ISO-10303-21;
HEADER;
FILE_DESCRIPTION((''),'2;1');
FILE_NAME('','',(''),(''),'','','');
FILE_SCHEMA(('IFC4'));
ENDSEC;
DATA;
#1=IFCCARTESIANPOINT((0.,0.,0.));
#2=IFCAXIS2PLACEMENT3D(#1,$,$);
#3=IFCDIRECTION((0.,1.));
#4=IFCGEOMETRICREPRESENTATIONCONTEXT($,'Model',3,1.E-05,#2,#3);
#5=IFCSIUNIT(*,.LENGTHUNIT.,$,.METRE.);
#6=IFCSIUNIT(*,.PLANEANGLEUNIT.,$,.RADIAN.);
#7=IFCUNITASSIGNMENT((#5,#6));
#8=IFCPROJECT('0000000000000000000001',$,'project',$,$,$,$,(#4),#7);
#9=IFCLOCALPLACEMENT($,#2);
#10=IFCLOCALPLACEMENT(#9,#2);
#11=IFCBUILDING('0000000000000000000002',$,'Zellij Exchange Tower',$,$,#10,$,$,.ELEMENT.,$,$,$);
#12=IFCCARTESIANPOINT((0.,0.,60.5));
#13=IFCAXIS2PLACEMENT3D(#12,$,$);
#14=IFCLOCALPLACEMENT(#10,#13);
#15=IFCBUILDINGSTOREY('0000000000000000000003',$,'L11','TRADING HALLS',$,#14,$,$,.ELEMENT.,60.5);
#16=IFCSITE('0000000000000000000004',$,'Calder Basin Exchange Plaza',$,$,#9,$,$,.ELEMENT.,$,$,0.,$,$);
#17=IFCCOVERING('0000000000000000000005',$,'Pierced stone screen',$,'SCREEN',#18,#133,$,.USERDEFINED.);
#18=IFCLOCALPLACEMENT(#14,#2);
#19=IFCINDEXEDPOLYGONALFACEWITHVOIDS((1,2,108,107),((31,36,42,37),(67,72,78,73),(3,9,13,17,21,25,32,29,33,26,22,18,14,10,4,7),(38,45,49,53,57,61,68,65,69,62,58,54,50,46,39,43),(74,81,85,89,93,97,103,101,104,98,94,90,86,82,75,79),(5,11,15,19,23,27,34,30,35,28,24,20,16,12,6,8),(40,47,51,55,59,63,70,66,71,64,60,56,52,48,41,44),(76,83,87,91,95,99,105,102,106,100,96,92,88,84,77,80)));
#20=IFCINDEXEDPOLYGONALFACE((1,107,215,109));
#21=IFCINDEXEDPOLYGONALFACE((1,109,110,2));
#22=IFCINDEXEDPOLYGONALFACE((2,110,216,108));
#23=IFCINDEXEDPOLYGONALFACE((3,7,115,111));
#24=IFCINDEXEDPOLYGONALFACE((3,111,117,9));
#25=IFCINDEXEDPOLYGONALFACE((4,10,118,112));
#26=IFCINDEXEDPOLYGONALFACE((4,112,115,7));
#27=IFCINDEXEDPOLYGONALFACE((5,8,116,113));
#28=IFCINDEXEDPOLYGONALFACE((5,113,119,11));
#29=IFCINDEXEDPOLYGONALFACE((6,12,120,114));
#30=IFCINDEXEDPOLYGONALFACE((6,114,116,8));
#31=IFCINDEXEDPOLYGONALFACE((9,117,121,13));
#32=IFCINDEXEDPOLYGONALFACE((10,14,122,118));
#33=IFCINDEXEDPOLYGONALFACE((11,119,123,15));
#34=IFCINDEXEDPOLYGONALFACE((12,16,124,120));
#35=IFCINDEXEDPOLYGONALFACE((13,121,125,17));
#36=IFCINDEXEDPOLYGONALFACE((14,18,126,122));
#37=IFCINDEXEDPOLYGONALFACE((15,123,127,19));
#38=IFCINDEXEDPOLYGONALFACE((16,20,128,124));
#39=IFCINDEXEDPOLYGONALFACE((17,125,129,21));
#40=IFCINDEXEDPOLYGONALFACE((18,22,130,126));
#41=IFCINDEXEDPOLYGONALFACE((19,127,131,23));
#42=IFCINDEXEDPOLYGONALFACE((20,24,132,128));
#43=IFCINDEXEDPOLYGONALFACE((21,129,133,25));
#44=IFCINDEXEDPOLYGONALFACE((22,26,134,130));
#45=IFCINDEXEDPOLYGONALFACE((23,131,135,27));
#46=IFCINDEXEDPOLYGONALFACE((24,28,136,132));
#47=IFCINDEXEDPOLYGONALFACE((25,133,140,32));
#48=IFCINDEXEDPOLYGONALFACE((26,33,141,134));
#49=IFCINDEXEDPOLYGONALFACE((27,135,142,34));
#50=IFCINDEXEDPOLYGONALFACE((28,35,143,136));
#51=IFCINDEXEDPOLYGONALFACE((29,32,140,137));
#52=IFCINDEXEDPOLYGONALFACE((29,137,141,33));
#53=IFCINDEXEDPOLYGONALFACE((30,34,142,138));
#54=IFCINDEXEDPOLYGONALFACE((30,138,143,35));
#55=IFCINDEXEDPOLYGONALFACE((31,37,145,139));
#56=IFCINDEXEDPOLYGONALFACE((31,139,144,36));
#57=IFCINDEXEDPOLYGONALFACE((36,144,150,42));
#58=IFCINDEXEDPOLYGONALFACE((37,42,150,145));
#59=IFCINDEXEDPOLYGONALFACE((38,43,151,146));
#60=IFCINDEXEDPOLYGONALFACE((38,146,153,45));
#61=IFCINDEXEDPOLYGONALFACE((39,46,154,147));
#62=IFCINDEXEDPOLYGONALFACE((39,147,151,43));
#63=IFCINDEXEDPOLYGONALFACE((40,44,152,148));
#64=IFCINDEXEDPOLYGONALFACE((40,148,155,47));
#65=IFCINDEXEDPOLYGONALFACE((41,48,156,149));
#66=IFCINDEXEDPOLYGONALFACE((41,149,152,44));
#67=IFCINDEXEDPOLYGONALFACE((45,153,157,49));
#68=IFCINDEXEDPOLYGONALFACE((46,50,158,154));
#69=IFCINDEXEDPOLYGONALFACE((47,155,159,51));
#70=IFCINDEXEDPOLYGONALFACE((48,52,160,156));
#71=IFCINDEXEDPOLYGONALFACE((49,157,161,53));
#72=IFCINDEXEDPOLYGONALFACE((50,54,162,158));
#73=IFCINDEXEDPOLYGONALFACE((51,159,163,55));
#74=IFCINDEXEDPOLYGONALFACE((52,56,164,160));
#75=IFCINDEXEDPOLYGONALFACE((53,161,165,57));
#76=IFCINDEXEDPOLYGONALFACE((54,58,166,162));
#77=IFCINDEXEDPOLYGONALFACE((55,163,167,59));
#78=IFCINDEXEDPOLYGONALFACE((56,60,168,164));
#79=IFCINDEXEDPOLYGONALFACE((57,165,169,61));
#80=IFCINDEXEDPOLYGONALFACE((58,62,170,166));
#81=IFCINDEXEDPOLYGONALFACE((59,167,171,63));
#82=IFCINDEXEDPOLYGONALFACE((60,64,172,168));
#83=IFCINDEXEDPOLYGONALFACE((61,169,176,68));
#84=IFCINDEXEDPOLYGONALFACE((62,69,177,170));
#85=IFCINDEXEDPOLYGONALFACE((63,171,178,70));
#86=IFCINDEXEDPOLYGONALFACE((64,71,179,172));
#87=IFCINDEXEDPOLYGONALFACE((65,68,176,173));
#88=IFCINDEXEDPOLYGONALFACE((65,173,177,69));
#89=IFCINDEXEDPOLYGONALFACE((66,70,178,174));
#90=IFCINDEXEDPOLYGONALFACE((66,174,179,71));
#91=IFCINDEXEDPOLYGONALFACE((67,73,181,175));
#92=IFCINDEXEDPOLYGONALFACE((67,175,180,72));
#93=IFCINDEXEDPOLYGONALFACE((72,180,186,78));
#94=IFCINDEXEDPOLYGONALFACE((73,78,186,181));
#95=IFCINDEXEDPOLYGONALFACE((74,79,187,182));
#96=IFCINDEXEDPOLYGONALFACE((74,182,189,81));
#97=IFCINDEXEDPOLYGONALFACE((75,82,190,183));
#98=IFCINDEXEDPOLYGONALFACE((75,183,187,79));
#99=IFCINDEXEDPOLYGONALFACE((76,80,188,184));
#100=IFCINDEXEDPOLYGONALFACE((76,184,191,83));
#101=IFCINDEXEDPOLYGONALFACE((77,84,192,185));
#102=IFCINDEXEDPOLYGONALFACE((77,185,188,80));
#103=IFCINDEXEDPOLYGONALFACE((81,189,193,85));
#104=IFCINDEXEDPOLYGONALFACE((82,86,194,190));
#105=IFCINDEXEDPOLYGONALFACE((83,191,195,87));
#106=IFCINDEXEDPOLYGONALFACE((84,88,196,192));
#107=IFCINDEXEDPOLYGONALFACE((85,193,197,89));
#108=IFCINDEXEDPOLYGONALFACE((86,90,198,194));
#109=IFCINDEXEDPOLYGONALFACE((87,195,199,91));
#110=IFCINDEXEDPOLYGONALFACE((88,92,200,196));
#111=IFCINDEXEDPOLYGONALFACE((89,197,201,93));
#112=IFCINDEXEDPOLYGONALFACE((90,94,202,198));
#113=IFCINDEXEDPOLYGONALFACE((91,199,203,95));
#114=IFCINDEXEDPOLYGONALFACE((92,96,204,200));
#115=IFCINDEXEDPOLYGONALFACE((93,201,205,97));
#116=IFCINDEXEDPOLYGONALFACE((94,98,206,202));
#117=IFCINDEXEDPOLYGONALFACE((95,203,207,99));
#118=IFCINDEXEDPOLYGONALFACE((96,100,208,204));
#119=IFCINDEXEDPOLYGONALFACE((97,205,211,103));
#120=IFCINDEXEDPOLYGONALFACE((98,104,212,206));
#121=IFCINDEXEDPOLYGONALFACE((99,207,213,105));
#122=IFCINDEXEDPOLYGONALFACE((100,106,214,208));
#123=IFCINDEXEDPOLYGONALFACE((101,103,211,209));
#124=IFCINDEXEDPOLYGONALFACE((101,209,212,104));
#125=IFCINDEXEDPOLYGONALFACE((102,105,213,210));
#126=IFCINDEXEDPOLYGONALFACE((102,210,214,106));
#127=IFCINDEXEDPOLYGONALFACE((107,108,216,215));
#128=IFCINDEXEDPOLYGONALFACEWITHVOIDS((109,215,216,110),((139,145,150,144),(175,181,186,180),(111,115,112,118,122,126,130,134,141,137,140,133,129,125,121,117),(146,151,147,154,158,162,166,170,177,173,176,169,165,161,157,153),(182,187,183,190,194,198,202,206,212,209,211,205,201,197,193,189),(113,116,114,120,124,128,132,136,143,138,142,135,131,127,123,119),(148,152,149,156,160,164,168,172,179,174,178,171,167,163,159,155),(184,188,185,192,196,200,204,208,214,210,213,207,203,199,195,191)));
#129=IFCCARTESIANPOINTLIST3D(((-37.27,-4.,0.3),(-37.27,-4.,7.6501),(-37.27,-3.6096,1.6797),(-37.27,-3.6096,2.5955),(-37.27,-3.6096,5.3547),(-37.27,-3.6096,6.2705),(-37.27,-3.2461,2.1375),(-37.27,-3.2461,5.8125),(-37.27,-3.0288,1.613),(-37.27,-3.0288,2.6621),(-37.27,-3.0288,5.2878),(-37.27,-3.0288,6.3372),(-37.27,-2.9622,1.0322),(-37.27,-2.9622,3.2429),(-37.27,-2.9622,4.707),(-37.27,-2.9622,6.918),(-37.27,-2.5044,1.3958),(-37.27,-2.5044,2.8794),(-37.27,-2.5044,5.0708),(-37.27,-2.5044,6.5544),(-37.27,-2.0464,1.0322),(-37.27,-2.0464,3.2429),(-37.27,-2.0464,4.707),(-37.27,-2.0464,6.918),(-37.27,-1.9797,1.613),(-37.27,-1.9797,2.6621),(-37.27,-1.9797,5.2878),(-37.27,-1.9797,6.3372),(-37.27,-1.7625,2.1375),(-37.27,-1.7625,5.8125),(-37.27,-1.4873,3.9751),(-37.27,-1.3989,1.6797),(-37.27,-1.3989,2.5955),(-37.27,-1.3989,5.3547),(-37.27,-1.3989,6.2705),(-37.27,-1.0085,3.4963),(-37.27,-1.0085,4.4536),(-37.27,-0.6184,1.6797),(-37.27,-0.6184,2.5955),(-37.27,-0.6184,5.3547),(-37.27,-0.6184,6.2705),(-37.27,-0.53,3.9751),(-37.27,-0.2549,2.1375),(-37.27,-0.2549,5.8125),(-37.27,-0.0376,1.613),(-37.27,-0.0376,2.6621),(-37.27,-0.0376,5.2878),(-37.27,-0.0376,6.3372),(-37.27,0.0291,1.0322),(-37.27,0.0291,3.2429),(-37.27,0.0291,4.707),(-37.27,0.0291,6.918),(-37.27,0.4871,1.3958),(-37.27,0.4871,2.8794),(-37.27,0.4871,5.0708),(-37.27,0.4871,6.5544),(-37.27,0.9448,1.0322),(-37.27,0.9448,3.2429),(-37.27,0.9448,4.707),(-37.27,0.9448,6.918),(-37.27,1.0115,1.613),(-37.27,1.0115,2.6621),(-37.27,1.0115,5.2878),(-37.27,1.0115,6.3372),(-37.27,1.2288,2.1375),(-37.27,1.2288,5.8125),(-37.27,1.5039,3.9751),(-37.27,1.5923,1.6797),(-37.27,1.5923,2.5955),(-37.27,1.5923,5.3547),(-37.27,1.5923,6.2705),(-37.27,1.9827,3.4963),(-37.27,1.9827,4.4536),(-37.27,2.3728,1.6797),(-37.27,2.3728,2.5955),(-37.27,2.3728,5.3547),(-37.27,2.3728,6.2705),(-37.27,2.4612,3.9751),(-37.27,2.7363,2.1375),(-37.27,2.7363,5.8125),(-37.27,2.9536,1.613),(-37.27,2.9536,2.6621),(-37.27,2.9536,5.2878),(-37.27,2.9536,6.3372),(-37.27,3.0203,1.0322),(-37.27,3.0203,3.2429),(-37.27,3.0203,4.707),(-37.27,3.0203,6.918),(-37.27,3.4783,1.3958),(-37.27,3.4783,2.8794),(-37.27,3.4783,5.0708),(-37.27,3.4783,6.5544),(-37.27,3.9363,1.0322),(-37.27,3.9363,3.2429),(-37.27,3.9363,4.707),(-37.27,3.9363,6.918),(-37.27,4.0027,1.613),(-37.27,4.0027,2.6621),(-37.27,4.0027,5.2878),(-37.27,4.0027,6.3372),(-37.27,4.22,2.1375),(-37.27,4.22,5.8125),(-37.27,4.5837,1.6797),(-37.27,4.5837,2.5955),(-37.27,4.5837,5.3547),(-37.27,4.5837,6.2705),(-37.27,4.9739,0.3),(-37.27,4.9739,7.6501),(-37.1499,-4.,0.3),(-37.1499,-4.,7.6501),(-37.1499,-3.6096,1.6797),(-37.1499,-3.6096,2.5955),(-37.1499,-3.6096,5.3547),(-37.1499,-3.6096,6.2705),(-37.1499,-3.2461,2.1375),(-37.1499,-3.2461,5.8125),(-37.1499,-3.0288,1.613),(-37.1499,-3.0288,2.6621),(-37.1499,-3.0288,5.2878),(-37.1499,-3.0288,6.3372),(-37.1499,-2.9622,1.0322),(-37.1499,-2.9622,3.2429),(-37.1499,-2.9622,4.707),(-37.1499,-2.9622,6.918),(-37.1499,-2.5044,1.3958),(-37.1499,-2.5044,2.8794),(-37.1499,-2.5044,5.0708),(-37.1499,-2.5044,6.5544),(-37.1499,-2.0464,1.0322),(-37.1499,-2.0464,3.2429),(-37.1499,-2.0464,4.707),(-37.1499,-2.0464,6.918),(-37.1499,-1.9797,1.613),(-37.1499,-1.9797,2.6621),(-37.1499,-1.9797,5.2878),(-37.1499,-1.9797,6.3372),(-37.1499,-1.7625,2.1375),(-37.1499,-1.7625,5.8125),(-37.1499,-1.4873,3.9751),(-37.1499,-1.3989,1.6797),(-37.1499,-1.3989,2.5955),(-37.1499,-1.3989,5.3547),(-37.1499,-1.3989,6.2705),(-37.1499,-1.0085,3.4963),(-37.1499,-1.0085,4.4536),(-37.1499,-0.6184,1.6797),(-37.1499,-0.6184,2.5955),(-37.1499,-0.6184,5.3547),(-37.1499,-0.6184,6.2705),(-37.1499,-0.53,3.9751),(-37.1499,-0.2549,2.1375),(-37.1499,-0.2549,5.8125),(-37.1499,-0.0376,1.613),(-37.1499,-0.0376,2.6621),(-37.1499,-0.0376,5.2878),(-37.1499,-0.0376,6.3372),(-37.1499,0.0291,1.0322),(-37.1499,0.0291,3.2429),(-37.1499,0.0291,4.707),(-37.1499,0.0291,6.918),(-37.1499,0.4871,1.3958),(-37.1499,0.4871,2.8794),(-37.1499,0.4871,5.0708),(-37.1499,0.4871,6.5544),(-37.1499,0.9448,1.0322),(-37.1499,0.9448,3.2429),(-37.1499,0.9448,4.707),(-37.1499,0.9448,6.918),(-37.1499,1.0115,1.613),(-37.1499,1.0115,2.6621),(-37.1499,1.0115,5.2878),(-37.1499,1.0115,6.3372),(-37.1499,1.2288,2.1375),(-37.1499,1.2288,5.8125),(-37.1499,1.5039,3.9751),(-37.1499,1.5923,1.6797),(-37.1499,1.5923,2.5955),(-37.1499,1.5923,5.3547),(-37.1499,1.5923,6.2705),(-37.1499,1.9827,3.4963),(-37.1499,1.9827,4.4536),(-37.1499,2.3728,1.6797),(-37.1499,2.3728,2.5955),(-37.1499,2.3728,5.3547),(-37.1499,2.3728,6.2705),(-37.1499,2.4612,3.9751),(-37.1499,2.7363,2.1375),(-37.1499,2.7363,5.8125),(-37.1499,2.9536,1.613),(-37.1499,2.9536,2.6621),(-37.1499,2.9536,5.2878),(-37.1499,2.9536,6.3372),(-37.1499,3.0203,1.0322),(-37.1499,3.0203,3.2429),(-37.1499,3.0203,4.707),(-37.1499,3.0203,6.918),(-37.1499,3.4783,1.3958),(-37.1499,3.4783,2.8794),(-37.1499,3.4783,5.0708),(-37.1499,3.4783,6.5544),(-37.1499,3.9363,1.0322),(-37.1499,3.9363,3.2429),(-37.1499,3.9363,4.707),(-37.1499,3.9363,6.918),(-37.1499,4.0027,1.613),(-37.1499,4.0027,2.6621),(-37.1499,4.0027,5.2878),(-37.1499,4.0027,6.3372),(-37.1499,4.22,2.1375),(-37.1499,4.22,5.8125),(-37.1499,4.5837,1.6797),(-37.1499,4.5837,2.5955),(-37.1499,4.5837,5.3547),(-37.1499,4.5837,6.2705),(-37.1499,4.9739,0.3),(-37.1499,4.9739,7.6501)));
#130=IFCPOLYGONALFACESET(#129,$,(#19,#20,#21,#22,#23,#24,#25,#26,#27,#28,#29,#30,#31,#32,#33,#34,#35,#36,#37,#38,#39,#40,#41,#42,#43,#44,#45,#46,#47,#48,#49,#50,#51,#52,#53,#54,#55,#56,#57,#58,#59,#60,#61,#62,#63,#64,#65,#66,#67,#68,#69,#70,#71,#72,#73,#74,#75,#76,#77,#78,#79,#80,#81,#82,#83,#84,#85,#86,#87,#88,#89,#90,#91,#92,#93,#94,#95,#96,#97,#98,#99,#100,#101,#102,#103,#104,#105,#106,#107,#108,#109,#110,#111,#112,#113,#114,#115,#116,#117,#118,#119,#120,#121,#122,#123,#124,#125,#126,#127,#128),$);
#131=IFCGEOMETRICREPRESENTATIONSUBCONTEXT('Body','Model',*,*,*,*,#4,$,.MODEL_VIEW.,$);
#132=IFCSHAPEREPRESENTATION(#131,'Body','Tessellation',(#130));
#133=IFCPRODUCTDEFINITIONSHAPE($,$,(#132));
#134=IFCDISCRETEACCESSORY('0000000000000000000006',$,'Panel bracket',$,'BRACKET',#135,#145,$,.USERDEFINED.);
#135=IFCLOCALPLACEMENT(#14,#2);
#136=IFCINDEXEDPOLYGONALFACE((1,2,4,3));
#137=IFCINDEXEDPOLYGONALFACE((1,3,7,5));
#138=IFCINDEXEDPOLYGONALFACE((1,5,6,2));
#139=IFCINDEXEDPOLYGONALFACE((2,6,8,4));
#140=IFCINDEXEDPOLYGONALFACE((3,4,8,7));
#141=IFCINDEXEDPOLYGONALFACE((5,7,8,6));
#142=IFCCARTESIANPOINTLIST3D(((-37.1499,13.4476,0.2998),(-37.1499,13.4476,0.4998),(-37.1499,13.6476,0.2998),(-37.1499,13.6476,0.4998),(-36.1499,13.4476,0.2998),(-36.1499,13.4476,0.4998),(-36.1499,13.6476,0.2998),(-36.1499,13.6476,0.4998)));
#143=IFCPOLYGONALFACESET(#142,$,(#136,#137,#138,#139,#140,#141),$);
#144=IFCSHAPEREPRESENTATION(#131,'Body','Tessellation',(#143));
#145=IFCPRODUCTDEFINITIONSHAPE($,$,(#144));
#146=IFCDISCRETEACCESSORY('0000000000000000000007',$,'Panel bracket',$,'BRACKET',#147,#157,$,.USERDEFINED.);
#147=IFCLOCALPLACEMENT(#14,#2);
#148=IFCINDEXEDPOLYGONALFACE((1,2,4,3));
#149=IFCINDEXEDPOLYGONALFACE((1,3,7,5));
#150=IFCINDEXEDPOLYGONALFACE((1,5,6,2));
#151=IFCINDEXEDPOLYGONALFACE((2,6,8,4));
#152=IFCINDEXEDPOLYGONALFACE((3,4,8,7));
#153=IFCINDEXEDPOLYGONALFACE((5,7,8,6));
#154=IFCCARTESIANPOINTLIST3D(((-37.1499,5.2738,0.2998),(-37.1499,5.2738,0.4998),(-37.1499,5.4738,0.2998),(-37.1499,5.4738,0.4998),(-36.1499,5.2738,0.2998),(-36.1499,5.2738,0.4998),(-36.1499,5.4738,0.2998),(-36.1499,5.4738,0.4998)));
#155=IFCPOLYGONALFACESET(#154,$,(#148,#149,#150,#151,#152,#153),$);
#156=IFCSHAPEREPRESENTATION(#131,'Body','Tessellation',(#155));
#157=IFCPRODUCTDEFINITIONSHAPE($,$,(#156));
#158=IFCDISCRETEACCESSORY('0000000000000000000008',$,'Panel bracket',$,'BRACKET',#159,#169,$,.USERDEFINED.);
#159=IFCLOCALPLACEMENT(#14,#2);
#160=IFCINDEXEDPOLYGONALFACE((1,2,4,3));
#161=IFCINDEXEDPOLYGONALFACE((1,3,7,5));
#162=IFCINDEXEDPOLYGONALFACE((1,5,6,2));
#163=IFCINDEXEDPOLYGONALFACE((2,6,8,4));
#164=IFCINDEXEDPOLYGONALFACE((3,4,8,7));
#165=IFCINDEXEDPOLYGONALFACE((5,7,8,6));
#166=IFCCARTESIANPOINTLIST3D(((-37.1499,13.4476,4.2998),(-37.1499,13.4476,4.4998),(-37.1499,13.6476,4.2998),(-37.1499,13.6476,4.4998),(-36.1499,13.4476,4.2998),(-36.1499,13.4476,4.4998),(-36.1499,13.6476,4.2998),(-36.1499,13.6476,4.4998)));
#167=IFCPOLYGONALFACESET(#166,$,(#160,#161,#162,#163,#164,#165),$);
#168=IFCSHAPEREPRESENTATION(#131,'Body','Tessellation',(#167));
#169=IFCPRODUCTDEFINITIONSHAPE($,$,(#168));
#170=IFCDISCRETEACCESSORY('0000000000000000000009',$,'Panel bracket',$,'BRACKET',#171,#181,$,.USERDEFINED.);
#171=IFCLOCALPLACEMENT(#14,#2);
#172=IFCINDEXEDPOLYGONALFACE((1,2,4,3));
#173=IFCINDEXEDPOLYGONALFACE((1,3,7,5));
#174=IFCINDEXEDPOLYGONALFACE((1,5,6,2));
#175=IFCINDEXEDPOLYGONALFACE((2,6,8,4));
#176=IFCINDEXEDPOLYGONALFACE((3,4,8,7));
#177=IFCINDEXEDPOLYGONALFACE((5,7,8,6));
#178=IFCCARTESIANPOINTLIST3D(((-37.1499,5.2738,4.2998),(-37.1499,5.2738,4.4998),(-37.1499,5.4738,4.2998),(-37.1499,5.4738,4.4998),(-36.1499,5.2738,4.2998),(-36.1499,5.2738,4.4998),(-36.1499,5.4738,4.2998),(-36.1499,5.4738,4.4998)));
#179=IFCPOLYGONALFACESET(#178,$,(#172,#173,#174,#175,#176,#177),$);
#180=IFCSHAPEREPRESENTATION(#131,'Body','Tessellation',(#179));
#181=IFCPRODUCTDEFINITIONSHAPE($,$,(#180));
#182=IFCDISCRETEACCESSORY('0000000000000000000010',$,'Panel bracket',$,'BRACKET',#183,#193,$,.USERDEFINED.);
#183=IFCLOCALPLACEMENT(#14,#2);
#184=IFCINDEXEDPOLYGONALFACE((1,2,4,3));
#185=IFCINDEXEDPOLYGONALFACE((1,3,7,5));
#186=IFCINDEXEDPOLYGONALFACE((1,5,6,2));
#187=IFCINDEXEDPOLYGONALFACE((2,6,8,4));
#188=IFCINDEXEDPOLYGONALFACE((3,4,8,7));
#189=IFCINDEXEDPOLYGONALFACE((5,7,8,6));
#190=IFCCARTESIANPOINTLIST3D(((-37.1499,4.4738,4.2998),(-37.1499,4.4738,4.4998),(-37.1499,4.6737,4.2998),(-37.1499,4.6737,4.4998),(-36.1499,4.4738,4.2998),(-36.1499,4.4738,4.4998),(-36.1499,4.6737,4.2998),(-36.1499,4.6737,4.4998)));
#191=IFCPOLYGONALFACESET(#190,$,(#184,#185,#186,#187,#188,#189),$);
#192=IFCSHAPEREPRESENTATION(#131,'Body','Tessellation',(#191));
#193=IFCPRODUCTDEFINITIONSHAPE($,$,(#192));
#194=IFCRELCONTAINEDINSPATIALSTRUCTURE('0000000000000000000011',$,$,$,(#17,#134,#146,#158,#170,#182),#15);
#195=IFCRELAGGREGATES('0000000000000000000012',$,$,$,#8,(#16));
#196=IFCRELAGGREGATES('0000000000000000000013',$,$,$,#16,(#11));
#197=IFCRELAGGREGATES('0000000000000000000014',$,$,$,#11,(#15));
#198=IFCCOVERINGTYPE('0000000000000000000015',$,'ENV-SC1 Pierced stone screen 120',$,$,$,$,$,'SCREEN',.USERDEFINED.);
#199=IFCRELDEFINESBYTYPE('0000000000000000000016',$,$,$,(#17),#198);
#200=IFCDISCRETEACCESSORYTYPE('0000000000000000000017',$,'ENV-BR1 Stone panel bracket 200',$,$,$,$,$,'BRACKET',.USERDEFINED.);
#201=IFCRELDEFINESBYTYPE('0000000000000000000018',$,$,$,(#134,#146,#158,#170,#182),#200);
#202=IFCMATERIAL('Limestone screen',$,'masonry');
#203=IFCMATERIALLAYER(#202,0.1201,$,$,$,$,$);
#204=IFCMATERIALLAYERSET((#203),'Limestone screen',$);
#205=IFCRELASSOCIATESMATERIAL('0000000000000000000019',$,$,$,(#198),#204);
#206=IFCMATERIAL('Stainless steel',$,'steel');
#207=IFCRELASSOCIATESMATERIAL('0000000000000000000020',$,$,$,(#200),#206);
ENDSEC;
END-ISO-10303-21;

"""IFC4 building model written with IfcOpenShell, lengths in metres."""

from ifc_helpers import new_model, si_unit, direction, frame, origin, origin_2d, place, context, subcontext, project, spatial, polyline, rectangle, outline, extrude, material, layer, layer_set, type_object, element, save


model = new_model("IFC4")

# Units and contexts
model_context = context("Model", 3, precision=1e-05, world=origin(), true_north=direction((0.0, 1.0)))
body_context = subcontext(model_context, "Body", "Model", "MODEL_VIEW")
ifc_project = project(units=[si_unit("LENGTHUNIT", "METRE"), si_unit("PLANEANGLEUNIT", "RADIAN")], contexts=[model_context])

# Site, building, storey
site_placement = place(None, origin())
site = spatial("IfcSite", under=ifc_project, at=site_placement, Name="Calder Basin Exchange Plaza", CompositionType="ELEMENT", RefElevation=0.0)
building_placement = place(site_placement, origin())
building = spatial("IfcBuilding", under=site, at=building_placement, Name="Zellij Exchange Tower", CompositionType="ELEMENT")
storey_placement = place(building_placement, frame((0.0, 0.0, 60.5)))
storey = spatial("IfcBuildingStorey", under=building, at=storey_placement, Name="L11", Description="TRADING HALLS", CompositionType="ELEMENT", Elevation=60.5)

# Covering
ifc_material_1 = material(Name="Limestone screen", Category="masonry")
ifc_layer_1 = layer(ifc_material_1, 0.1201)
ifc_layer_set_1 = layer_set([ifc_layer_1], Name="Limestone screen")
covering_type = type_object("IfcCoveringType", Name="ENV-SC1 Pierced stone screen 120", ElementType="SCREEN", PredefinedType="USERDEFINED", material=ifc_layer_set_1)
covering_1_placement = place(storey_placement, frame((-37.21, 4.9739, 0.3), z_axis=(0.0, 0.0, 1.0), x_axis=(0.0, -1.0, 0.0)))
element("IfcCovering", 1, at=covering_1_placement, inside=storey, type_object=covering_type, Name="Pierced stone screen", ObjectType="SCREEN", PredefinedType="USERDEFINED", context=body_context, shape_type="SweptSolid", body=[
    extrude(outline(polyline([(0.0, 0.0), (8.9739, 0.0), (8.9739, 7.3501), (0.0, 7.3501), (0.0, 0.0)]), holes=[polyline([(2.6011, 2.2954), (2.0203, 2.3621), (1.9536, 2.9429), (1.4956, 2.5793), (1.0376, 2.9429), (0.9712, 2.3621), (0.3901, 2.2954), (0.7539, 1.8374), (0.3901, 1.3796), (0.9712, 1.313), (1.0376, 0.7322), (1.4956, 1.0957), (1.9536, 0.7322), (2.0203, 1.313), (2.6011, 1.3796), (2.2375, 1.8374), (2.6011, 2.2954)]), polyline([(2.6011, 5.9705), (2.0203, 6.0371), (1.9536, 6.6179), (1.4956, 6.2544), (1.0376, 6.6179), (0.9712, 6.0371), (0.3901, 5.9705), (0.7539, 5.5125), (0.3901, 5.0547), (0.9712, 4.9878), (1.0376, 4.407), (1.4956, 4.7708), (1.9536, 4.407), (2.0203, 4.9878), (2.6011, 5.0547), (2.2375, 5.5125), (2.6011, 5.9705)]), polyline([(5.5923, 2.2954), (5.0115, 2.3621), (4.9448, 2.9429), (4.4868, 2.5793), (4.0291, 2.9429), (3.9624, 2.3621), (3.3816, 2.2954), (3.7451, 1.8374), (3.3816, 1.3796), (3.9624, 1.313), (4.0291, 0.7322), (4.4868, 1.0957), (4.9448, 0.7322), (5.0115, 1.313), (5.5923, 1.3796), (5.2288, 1.8374), (5.5923, 2.2954)]), polyline([(5.5923, 5.9705), (5.0115, 6.0371), (4.9448, 6.6179), (4.4868, 6.2544), (4.0291, 6.6179), (3.9624, 6.0371), (3.3816, 5.9705), (3.7451, 5.5125), (3.3816, 5.0547), (3.9624, 4.9878), (4.0291, 4.407), (4.4868, 4.7708), (4.9448, 4.407), (5.0115, 4.9878), (5.5923, 5.0547), (5.2288, 5.5125), (5.5923, 5.9705)]), polyline([(8.5835, 2.2954), (8.0027, 2.3621), (7.936, 2.9429), (7.4783, 2.5793), (7.0203, 2.9429), (6.9536, 2.3621), (6.3728, 2.2954), (6.7363, 1.8374), (6.3728, 1.3796), (6.9536, 1.313), (7.0203, 0.7322), (7.4783, 1.0957), (7.936, 0.7322), (8.0027, 1.313), (8.5835, 1.3796), (8.22, 1.8374), (8.5835, 2.2954)]), polyline([(8.5835, 5.9705), (8.0027, 6.0371), (7.936, 6.6179), (7.4783, 6.2544), (7.0203, 6.6179), (6.9536, 6.0371), (6.3728, 5.9705), (6.7363, 5.5125), (6.3728, 5.0547), (6.9536, 4.9878), (7.0203, 4.407), (7.4783, 4.7708), (7.936, 4.407), (8.0027, 4.9878), (8.5835, 5.0547), (8.22, 5.5125), (8.5835, 5.9705)]), polyline([(3.47, 3.675), (2.9912, 4.1536), (2.5127, 3.675), (2.9912, 3.1963), (3.47, 3.675)]), polyline([(6.4612, 3.675), (5.9824, 4.1536), (5.5039, 3.675), (5.9824, 3.1963), (6.4612, 3.675)])]), frame((0.0, 0.0601, 0.0), z_axis=(0.0, -1.0, 0.0), x_axis=(1.0, 0.0, 0.0)), (0.0, 0.0, 1.0), 0.1201),
])

# Discrete accessories
ifc_material_2 = material(Name="Stainless steel", Category="steel")
discrete_accessory_type = type_object("IfcDiscreteAccessoryType", Name="ENV-BR1 Stone panel bracket 200", ElementType="BRACKET", PredefinedType="USERDEFINED", material=ifc_material_2)
for number, where, z_axis, x_axis, name in (
    (2, (-36.6499, 13.5476, 0.2998), (0.0, 0.0, 1.0), (0.0, -1.0, 0.0), "Panel bracket"),
    (3, (-36.6499, 5.3738, 0.2998), (0.0, 0.0, 1.0), (0.0, -1.0, 0.0), "Panel bracket"),
    (4, (-36.6499, 13.5476, 4.2998), (0.0, 0.0, 1.0), (0.0, -1.0, 0.0), "Panel bracket"),
    (5, (-36.6499, 5.3738, 4.2998), (0.0, 0.0, 1.0), (0.0, -1.0, 0.0), "Panel bracket"),
    (6, (-36.6499, 4.5737, 4.2998), (0.0, 0.0, 1.0), (0.0, -1.0, 0.0), "Panel bracket"),
):
    element("IfcDiscreteAccessory", number, at=place(storey_placement, frame(where, z_axis=z_axis, x_axis=x_axis)), inside=storey, type_object=discrete_accessory_type, Name=name, ObjectType="BRACKET", PredefinedType="USERDEFINED", context=body_context, shape_type="SweptSolid", body=[
        extrude(rectangle(XDim=0.2, YDim=1.0, at=origin_2d()), origin(), (0.0, 0.0, 1.0), 0.2),
    ])

save(model, "model.ifc")
